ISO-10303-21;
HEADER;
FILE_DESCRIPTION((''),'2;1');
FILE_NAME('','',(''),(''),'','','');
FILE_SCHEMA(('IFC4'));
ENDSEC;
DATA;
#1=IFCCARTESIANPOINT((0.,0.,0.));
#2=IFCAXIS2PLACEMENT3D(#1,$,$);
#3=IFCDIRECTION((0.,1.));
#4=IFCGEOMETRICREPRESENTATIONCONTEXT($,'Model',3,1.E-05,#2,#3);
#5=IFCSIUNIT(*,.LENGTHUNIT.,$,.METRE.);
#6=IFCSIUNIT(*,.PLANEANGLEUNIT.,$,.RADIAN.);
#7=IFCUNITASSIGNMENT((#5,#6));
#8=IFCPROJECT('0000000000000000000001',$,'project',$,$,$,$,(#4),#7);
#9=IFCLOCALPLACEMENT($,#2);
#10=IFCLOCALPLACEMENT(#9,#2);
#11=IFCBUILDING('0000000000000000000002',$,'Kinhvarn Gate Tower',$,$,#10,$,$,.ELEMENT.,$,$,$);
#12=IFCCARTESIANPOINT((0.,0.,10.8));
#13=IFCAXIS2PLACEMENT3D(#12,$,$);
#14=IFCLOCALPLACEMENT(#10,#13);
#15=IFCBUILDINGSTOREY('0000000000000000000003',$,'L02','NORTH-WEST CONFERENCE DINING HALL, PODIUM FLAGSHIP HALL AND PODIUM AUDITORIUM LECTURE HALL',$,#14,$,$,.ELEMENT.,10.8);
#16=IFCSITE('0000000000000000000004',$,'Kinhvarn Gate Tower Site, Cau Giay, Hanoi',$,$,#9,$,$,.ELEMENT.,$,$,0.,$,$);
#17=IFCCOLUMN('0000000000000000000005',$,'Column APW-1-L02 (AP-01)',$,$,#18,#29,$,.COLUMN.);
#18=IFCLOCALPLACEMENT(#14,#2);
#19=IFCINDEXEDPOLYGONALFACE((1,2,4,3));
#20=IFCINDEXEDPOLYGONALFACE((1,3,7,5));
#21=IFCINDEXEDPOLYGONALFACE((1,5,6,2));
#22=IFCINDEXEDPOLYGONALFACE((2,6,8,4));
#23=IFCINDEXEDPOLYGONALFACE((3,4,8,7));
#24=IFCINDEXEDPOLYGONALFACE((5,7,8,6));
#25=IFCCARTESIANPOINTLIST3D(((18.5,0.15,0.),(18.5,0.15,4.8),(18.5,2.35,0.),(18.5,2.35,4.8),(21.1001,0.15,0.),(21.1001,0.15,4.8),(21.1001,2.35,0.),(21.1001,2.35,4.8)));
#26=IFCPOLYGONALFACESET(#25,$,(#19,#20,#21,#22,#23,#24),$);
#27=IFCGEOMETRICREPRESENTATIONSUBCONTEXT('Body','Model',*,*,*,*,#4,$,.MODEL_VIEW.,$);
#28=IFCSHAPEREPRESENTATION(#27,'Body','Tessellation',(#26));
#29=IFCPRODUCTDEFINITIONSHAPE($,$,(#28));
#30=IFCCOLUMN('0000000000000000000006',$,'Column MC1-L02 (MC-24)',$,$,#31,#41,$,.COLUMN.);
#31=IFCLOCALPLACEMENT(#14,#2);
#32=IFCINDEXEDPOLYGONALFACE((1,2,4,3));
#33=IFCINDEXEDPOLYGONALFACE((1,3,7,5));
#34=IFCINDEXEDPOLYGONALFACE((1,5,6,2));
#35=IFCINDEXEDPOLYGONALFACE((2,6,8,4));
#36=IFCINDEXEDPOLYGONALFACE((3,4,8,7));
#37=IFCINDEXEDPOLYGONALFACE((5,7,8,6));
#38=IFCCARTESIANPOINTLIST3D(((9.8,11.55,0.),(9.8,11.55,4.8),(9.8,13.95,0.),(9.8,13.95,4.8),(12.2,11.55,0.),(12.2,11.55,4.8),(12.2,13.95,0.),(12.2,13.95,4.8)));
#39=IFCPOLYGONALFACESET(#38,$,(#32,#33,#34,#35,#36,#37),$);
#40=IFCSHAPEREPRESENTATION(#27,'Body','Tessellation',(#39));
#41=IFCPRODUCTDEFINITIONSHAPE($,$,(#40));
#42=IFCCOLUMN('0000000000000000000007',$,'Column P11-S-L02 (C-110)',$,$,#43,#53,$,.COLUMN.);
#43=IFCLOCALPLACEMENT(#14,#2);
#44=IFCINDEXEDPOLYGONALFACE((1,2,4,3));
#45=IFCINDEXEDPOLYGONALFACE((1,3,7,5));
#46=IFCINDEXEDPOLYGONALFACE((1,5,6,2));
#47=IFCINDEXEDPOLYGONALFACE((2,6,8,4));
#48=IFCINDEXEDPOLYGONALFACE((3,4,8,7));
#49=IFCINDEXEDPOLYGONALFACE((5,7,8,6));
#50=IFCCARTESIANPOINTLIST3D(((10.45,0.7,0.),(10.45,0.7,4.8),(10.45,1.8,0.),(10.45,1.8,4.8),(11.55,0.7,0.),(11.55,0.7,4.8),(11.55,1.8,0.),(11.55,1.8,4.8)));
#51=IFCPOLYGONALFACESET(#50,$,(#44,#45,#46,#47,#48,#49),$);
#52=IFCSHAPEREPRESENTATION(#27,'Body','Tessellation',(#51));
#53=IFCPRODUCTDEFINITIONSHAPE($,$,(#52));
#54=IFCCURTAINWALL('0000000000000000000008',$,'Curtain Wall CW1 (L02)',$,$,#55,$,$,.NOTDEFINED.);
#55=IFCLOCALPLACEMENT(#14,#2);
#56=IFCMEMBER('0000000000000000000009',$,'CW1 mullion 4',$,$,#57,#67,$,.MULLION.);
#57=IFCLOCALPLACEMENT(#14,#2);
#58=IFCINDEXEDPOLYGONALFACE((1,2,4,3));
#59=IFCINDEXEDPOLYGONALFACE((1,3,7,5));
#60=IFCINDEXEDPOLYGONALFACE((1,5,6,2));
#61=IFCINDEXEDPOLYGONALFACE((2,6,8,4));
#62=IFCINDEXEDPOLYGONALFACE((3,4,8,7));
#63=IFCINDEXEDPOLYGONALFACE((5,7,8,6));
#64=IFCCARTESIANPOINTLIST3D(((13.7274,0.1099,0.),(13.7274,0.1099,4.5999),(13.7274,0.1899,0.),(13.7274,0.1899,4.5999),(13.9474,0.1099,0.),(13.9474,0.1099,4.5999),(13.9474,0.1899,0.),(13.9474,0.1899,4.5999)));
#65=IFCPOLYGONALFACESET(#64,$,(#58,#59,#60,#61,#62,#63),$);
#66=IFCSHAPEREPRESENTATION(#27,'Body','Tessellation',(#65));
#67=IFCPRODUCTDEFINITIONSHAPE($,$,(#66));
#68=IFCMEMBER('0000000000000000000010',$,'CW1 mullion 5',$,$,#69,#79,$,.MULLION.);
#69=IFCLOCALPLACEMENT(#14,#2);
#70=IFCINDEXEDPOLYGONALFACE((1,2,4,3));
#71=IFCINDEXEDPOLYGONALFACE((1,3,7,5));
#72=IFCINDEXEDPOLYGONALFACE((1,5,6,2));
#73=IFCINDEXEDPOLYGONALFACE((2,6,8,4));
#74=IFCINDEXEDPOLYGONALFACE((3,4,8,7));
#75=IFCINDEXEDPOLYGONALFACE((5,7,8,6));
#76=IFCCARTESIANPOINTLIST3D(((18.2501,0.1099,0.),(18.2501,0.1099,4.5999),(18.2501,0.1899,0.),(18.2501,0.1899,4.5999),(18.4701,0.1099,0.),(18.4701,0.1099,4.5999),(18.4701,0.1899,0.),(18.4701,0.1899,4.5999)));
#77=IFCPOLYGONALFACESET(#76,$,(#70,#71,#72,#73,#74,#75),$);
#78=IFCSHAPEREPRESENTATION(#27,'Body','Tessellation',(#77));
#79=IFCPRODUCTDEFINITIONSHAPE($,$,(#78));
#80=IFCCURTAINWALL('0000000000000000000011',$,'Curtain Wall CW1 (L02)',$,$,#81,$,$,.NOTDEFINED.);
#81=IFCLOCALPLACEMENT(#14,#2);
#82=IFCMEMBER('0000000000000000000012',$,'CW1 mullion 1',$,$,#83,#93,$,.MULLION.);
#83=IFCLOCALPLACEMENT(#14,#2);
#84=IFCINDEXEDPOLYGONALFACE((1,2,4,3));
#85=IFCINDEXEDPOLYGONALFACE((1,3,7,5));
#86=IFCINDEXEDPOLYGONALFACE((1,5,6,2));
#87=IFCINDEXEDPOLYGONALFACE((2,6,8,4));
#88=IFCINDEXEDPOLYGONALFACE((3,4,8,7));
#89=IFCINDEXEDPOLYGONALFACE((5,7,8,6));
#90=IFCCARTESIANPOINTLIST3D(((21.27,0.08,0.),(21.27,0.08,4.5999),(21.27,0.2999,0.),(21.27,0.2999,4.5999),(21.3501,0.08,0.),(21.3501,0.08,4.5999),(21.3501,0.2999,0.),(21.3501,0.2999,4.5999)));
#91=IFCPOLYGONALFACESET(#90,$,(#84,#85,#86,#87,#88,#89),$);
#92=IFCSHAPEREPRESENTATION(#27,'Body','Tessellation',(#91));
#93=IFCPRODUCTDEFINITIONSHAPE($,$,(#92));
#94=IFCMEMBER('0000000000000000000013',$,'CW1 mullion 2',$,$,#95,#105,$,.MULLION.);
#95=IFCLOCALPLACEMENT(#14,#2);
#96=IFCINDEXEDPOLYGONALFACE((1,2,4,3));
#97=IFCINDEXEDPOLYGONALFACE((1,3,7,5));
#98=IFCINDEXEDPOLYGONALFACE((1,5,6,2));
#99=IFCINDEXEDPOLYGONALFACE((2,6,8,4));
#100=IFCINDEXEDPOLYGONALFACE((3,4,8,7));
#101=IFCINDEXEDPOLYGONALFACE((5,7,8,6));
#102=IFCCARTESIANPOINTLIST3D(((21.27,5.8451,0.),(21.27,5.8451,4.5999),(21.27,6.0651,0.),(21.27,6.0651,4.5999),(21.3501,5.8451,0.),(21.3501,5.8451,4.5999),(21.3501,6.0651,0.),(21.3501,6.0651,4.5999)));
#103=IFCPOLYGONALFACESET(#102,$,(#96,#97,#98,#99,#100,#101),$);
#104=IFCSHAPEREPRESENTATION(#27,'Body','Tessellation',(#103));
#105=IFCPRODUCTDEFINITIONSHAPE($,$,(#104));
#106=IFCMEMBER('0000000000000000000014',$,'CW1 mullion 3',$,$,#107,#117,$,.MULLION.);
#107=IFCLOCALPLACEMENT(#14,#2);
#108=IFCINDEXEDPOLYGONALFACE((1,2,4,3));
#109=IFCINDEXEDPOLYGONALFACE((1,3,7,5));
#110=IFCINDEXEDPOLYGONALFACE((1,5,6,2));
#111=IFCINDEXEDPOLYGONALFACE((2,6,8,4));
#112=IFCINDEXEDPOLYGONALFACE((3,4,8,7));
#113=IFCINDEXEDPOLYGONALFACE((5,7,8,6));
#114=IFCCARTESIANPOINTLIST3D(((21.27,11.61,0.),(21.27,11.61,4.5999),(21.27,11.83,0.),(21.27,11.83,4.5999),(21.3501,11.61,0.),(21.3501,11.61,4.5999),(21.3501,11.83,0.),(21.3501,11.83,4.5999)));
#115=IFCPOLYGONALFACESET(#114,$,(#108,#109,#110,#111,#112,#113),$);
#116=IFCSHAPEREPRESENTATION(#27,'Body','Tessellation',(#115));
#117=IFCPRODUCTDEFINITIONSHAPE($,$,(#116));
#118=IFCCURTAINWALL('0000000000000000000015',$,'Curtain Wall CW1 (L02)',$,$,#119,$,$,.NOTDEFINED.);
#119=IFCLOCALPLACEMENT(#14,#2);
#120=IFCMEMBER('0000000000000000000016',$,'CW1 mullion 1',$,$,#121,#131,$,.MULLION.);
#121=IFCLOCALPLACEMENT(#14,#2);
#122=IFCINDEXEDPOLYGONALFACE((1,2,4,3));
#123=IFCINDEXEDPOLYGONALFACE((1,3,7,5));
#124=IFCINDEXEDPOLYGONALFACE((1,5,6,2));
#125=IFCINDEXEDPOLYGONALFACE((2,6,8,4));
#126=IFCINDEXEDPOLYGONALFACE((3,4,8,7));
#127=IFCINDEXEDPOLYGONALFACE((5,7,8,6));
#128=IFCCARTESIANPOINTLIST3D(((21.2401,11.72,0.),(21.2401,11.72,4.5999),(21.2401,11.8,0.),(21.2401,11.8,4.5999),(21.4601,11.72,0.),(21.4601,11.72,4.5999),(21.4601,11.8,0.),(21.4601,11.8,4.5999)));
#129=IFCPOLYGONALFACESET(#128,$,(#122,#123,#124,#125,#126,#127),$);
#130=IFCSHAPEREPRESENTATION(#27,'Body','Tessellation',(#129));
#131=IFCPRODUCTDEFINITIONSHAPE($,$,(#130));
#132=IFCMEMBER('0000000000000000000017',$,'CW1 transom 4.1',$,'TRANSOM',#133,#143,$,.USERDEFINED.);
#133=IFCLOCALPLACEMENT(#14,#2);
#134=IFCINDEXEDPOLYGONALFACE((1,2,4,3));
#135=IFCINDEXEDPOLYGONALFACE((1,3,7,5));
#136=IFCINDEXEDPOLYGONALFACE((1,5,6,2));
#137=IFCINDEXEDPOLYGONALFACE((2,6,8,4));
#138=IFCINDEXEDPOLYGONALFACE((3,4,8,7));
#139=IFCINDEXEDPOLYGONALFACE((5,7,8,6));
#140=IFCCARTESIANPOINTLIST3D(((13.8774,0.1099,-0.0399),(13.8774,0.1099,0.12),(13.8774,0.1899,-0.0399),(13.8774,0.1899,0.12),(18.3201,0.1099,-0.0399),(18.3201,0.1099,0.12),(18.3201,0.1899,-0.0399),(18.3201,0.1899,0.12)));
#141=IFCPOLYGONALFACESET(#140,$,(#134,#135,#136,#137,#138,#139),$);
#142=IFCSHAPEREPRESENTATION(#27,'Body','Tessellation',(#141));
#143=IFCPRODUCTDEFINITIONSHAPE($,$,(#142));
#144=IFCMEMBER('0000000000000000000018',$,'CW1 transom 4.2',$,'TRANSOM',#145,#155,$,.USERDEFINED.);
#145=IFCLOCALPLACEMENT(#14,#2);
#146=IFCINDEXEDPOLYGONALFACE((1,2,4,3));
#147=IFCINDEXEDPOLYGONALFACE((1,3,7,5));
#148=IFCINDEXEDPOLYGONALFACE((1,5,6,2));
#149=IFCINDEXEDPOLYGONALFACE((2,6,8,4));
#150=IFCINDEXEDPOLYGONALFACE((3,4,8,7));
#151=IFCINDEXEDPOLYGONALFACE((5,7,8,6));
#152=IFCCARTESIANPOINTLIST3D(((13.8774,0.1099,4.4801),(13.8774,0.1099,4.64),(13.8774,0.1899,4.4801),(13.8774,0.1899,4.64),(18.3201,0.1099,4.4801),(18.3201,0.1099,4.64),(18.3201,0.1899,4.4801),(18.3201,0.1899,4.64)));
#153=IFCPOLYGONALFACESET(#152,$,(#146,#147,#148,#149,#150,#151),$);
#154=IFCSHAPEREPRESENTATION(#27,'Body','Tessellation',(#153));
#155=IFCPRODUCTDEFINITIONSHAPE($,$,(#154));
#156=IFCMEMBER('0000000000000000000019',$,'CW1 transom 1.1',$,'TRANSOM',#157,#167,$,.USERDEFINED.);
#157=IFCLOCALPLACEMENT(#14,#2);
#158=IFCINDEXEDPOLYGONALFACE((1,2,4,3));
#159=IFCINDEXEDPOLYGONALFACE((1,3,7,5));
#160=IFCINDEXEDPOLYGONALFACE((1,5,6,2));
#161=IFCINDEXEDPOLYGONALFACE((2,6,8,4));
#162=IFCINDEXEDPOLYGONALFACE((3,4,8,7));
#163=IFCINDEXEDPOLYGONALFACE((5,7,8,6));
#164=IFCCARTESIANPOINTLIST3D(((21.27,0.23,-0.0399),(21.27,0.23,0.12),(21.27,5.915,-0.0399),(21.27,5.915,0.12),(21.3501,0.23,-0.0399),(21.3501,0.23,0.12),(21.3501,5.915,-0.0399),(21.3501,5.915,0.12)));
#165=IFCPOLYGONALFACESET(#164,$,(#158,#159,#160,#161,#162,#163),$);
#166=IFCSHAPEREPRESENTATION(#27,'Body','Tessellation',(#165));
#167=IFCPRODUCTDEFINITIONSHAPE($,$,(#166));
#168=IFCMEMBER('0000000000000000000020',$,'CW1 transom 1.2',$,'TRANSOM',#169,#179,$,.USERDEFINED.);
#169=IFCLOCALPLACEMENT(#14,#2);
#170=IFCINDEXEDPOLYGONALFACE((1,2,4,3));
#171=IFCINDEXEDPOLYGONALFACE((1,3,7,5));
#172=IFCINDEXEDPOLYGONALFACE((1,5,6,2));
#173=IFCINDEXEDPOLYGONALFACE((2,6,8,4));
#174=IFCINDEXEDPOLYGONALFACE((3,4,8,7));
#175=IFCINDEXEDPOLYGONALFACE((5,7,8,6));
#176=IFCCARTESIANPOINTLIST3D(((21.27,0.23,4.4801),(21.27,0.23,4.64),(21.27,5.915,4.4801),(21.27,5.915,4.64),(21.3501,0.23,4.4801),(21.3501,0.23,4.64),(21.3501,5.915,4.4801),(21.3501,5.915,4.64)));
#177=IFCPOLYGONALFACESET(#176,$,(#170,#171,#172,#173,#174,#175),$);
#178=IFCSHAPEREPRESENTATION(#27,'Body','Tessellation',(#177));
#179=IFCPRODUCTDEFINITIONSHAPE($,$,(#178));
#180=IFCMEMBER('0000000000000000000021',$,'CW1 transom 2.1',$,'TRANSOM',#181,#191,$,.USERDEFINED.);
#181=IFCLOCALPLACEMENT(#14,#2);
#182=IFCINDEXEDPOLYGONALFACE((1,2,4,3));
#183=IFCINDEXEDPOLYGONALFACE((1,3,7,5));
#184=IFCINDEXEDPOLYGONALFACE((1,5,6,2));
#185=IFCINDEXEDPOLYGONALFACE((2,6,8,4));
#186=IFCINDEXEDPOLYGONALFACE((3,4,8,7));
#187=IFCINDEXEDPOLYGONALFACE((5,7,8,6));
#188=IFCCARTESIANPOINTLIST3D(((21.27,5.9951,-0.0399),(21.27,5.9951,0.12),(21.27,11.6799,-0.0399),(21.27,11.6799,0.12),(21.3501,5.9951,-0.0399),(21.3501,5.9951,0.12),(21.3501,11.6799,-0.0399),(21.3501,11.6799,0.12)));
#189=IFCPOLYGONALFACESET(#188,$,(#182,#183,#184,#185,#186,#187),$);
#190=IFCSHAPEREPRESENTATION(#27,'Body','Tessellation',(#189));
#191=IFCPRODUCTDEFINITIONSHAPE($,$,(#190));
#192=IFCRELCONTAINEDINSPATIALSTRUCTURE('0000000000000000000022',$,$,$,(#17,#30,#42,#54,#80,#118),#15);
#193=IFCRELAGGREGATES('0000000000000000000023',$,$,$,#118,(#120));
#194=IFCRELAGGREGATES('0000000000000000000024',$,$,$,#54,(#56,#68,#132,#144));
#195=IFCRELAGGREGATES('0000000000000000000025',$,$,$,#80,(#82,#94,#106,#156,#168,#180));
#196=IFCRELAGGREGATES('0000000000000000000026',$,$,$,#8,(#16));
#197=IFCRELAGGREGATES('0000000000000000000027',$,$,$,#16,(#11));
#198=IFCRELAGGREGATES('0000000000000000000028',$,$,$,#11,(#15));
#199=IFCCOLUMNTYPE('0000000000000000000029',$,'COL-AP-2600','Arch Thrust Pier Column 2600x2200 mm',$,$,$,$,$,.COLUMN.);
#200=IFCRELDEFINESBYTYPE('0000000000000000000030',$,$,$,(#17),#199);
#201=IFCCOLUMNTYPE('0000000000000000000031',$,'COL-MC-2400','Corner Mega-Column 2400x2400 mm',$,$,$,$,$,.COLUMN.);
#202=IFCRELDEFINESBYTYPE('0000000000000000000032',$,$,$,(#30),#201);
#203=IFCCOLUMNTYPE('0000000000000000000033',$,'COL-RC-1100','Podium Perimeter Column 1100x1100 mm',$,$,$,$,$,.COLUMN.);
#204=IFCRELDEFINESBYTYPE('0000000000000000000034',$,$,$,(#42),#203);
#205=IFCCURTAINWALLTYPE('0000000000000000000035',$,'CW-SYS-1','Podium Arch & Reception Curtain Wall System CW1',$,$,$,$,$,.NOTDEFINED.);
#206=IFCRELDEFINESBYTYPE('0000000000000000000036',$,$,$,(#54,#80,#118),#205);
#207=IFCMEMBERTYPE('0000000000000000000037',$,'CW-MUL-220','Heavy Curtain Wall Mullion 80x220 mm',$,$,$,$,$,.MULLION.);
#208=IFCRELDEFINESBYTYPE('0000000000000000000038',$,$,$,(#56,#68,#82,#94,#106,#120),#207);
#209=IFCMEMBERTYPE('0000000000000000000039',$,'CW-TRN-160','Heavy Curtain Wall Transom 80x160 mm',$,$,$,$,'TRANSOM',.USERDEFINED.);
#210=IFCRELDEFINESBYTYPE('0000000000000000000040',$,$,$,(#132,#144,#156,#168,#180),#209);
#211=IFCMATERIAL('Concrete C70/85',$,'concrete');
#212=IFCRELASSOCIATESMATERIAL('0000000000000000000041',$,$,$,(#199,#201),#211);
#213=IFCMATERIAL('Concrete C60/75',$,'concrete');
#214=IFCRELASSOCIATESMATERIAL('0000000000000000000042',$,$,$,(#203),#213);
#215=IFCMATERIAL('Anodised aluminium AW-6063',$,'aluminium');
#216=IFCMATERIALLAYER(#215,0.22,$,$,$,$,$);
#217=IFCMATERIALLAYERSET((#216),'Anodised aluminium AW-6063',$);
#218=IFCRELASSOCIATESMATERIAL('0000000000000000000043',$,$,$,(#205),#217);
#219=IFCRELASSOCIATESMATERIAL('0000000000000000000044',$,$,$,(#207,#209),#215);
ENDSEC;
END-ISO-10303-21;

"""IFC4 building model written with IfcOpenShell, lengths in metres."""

from ifc_helpers import new_model, si_unit, direction, frame, origin, origin_2d, place, context, subcontext, project, spatial, rectangle, extrude, material, layer, layer_set, material_profile, profile_set, type_object, element, aggregate, save


model = new_model("IFC4")

# Units and contexts
model_context = context("Model", 3, precision=1e-05, world=origin(), true_north=direction((0.0, 1.0)))
body_context = subcontext(model_context, "Body", "Model", "MODEL_VIEW")
ifc_project = project(units=[si_unit("LENGTHUNIT", "METRE"), si_unit("PLANEANGLEUNIT", "RADIAN")], contexts=[model_context])

# Site, building, storey
site_placement = place(None, origin())
site = spatial("IfcSite", under=ifc_project, at=site_placement, Name="Kinhvarn Gate Tower Site, Cau Giay, Hanoi", CompositionType="ELEMENT", RefElevation=0.0)
building_placement = place(site_placement, origin())
building = spatial("IfcBuilding", under=site, at=building_placement, Name="Kinhvarn Gate Tower", CompositionType="ELEMENT")
storey_placement = place(building_placement, frame((0.0, 0.0, 10.8)))
storey = spatial("IfcBuildingStorey", under=building, at=storey_placement, Name="L02", Description="NORTH-WEST CONFERENCE DINING HALL, PODIUM FLAGSHIP HALL AND PODIUM AUDITORIUM LECTURE HALL", CompositionType="ELEMENT", Elevation=10.8)

# Columns
ifc_material_1 = material(Name="Concrete C70/85", Category="concrete")
ifc_material_profile_1 = material_profile(ifc_material_1, rectangle(XDim=2.6001, YDim=2.2, at=origin_2d()), Name="RC 2600x2200")
ifc_profile_set_1 = profile_set([ifc_material_profile_1], Name="Concrete C70/85")
column_type_1 = type_object("IfcColumnType", Name="COL-AP-2600", Description="Arch Thrust Pier Column 2600x2200 mm", PredefinedType="COLUMN", material=ifc_profile_set_1)
column_1_placement = place(storey_placement, frame((19.8, 1.25, 0.0), z_axis=(0.0, 0.0, 1.0), x_axis=(1.0, 0.0, 0.0)))
element("IfcColumn", 1, at=column_1_placement, inside=storey, type_object=column_type_1, Name="Column APW-1-L02 (AP-01)", PredefinedType="COLUMN", context=body_context, shape_type="SweptSolid", body=[
    extrude(rectangle(XDim=2.6001, YDim=2.2, at=origin_2d()), origin(), (0.0, 0.0, 1.0), 4.8),
])
ifc_material_profile_2 = material_profile(ifc_material_1, rectangle(XDim=2.3999, YDim=2.3999, at=origin_2d()), Name="RC 2400x2400")
ifc_profile_set_2 = profile_set([ifc_material_profile_2], Name="Concrete C70/85")
column_type_2 = type_object("IfcColumnType", Name="COL-MC-2400", Description="Corner Mega-Column 2400x2400 mm", PredefinedType="COLUMN", material=ifc_profile_set_2)
column_2_placement = place(storey_placement, frame((11.0, 12.75, 0.0), z_axis=(0.0, 0.0, 1.0), x_axis=(1.0, 0.0, 0.0)))
element("IfcColumn", 2, at=column_2_placement, inside=storey, type_object=column_type_2, Name="Column MC1-L02 (MC-24)", PredefinedType="COLUMN", context=body_context, shape_type="SweptSolid", body=[
    extrude(rectangle(XDim=2.3999, YDim=2.3999, at=origin_2d()), origin(), (0.0, 0.0, 1.0), 4.8),
])
ifc_material_2 = material(Name="Concrete C60/75", Category="concrete")
ifc_material_profile_3 = material_profile(ifc_material_2, rectangle(XDim=1.1001, YDim=1.1001, at=origin_2d()), Name="RC 1100x1100")
ifc_profile_set_3 = profile_set([ifc_material_profile_3], Name="Concrete C60/75")
column_type_3 = type_object("IfcColumnType", Name="COL-RC-1100", Description="Podium Perimeter Column 1100x1100 mm", PredefinedType="COLUMN", material=ifc_profile_set_3)
column_3_placement = place(storey_placement, frame((11.0, 1.25, 0.0), z_axis=(0.0, 0.0, 1.0), x_axis=(1.0, 0.0, 0.0)))
element("IfcColumn", 3, at=column_3_placement, inside=storey, type_object=column_type_3, Name="Column P11-S-L02 (C-110)", PredefinedType="COLUMN", context=body_context, shape_type="SweptSolid", body=[
    extrude(rectangle(XDim=1.1001, YDim=1.1001, at=origin_2d()), origin(), (0.0, 0.0, 1.0), 4.8),
])

# Curtain walls, members
ifc_material_3 = material(Name="Anodised aluminium AW-6063", Category="aluminium")
ifc_layer_1 = layer(ifc_material_3, 0.22)
ifc_layer_set_1 = layer_set([ifc_layer_1], Name="Anodised aluminium AW-6063")
curtain_wall_type = type_object("IfcCurtainWallType", Name="CW-SYS-1", Description="Podium Arch & Reception Curtain Wall System CW1", PredefinedType="NOTDEFINED", material=ifc_layer_set_1)
curtain_wall_1_placement = place(storey_placement, origin())
curtain_wall_1 = element("IfcCurtainWall", 4, at=curtain_wall_1_placement, inside=storey, type_object=curtain_wall_type, Name="Curtain Wall CW1 (L02)", PredefinedType="NOTDEFINED")
ifc_material_profile_4 = material_profile(ifc_material_3, rectangle(XDim=0.0801, YDim=0.22, at=origin_2d()), Name="ALU 80x220")
ifc_profile_set_4 = profile_set([ifc_material_profile_4], Name="Anodised aluminium AW-6063")
member_type_1 = type_object("IfcMemberType", Name="CW-MUL-220", Description="Heavy Curtain Wall Mullion 80x220 mm", PredefinedType="MULLION", material=ifc_profile_set_4)
member_1_placement = place(storey_placement, frame((13.8374, 0.1499, 0.0), z_axis=(0.0, 0.0, 1.0), x_axis=(0.0, 1.0, 0.0)))
member_1 = element("IfcMember", 5, at=member_1_placement, type_object=member_type_1, Name="CW1 mullion 4", PredefinedType="MULLION", context=body_context, shape_type="SweptSolid", body=[
    extrude(rectangle(XDim=0.0801, YDim=0.22, at=origin_2d()), origin(), (0.0, 0.0, 1.0), 4.5999),
])
member_2_placement = place(storey_placement, frame((18.3601, 0.1499, 0.0), z_axis=(0.0, 0.0, 1.0), x_axis=(0.0, 1.0, 0.0)))
member_2 = element("IfcMember", 6, at=member_2_placement, type_object=member_type_1, Name="CW1 mullion 5", PredefinedType="MULLION", context=body_context, shape_type="SweptSolid", body=[
    extrude(rectangle(XDim=0.0801, YDim=0.22, at=origin_2d()), origin(), (0.0, 0.0, 1.0), 4.5999),
])
curtain_wall_2_placement = place(storey_placement, origin())
curtain_wall_2 = element("IfcCurtainWall", 7, at=curtain_wall_2_placement, inside=storey, type_object=curtain_wall_type, Name="Curtain Wall CW1 (L02)", PredefinedType="NOTDEFINED")
member_3_placement = place(storey_placement, frame((21.3101, 0.1899, 0.0), z_axis=(0.0, 0.0, 1.0), x_axis=(-1.0, 0.0, 0.0)))
member_3 = element("IfcMember", 8, at=member_3_placement, type_object=member_type_1, Name="CW1 mullion 1", PredefinedType="MULLION", context=body_context, shape_type="SweptSolid", body=[
    extrude(rectangle(XDim=0.0801, YDim=0.22, at=origin_2d()), origin(), (0.0, 0.0, 1.0), 4.5999),
])
member_4_placement = place(storey_placement, frame((21.3101, 5.9551, 0.0), z_axis=(0.0, 0.0, 1.0), x_axis=(-1.0, 0.0, 0.0)))
member_4 = element("IfcMember", 9, at=member_4_placement, type_object=member_type_1, Name="CW1 mullion 2", PredefinedType="MULLION", context=body_context, shape_type="SweptSolid", body=[
    extrude(rectangle(XDim=0.0801, YDim=0.22, at=origin_2d()), origin(), (0.0, 0.0, 1.0), 4.5999),
])
member_5_placement = place(storey_placement, frame((21.3101, 11.72, 0.0), z_axis=(0.0, 0.0, 1.0), x_axis=(-1.0, 0.0, 0.0)))
member_5 = element("IfcMember", 10, at=member_5_placement, type_object=member_type_1, Name="CW1 mullion 3", PredefinedType="MULLION", context=body_context, shape_type="SweptSolid", body=[
    extrude(rectangle(XDim=0.0801, YDim=0.22, at=origin_2d()), origin(), (0.0, 0.0, 1.0), 4.5999),
])

# Curtain wall, member
curtain_wall_3_placement = place(storey_placement, origin())
curtain_wall_3 = element("IfcCurtainWall", 11, at=curtain_wall_3_placement, inside=storey, type_object=curtain_wall_type, Name="Curtain Wall CW1 (L02)", PredefinedType="NOTDEFINED")
member_6_placement = place(storey_placement, frame((21.3501, 11.76, 0.0), z_axis=(0.0, 0.0, 1.0), x_axis=(0.0, 1.0, 0.0)))
member_6 = element("IfcMember", 12, at=member_6_placement, type_object=member_type_1, Name="CW1 mullion 1", PredefinedType="MULLION", context=body_context, shape_type="SweptSolid", body=[
    extrude(rectangle(XDim=0.0801, YDim=0.22, at=origin_2d()), origin(), (0.0, 0.0, 1.0), 4.5999),
])

# Members
ifc_material_profile_5 = material_profile(ifc_material_3, rectangle(XDim=0.0801, YDim=0.1599, at=origin_2d()), Name="ALU 80x160")
ifc_profile_set_5 = profile_set([ifc_material_profile_5], Name="Anodised aluminium AW-6063")
member_type_2 = type_object("IfcMemberType", Name="CW-TRN-160", Description="Heavy Curtain Wall Transom 80x160 mm", ElementType="TRANSOM", PredefinedType="USERDEFINED", material=ifc_profile_set_5)
member_7_placement = place(storey_placement, frame((13.8774, 0.1499, 0.04), z_axis=(1.0, 0.0, 0.0), x_axis=(0.0, 1.0, 0.0)))
member_7 = element("IfcMember", 13, at=member_7_placement, type_object=member_type_2, Name="CW1 transom 4.1", ObjectType="TRANSOM", PredefinedType="USERDEFINED", context=body_context, shape_type="SweptSolid", body=[
    extrude(rectangle(XDim=0.0801, YDim=0.1599, at=origin_2d()), origin(), (0.0, 0.0, 1.0), 4.4426),
])
member_8_placement = place(storey_placement, frame((13.8774, 0.1499, 4.5601), z_axis=(1.0, 0.0, 0.0), x_axis=(0.0, 1.0, 0.0)))
member_8 = element("IfcMember", 14, at=member_8_placement, type_object=member_type_2, Name="CW1 transom 4.2", ObjectType="TRANSOM", PredefinedType="USERDEFINED", context=body_context, shape_type="SweptSolid", body=[
    extrude(rectangle(XDim=0.0801, YDim=0.1599, at=origin_2d()), origin(), (0.0, 0.0, 1.0), 4.4426),
])
member_9_placement = place(storey_placement, frame((21.3101, 0.23, 0.04), z_axis=(0.0, 1.0, 0.0), x_axis=(-1.0, 0.0, 0.0)))
member_9 = element("IfcMember", 15, at=member_9_placement, type_object=member_type_2, Name="CW1 transom 1.1", ObjectType="TRANSOM", PredefinedType="USERDEFINED", context=body_context, shape_type="SweptSolid", body=[
    extrude(rectangle(XDim=0.0801, YDim=0.1599, at=origin_2d()), origin(), (0.0, 0.0, 1.0), 5.6851),
])
member_10_placement = place(storey_placement, frame((21.3101, 0.23, 4.5601), z_axis=(0.0, 1.0, 0.0), x_axis=(-1.0, 0.0, 0.0)))
member_10 = element("IfcMember", 16, at=member_10_placement, type_object=member_type_2, Name="CW1 transom 1.2", ObjectType="TRANSOM", PredefinedType="USERDEFINED", context=body_context, shape_type="SweptSolid", body=[
    extrude(rectangle(XDim=0.0801, YDim=0.1599, at=origin_2d()), origin(), (0.0, 0.0, 1.0), 5.6851),
])
member_11_placement = place(storey_placement, frame((21.3101, 5.9951, 0.04), z_axis=(0.0, 1.0, 0.0), x_axis=(-1.0, 0.0, 0.0)))
member_11 = element("IfcMember", 17, at=member_11_placement, type_object=member_type_2, Name="CW1 transom 2.1", ObjectType="TRANSOM", PredefinedType="USERDEFINED", context=body_context, shape_type="SweptSolid", body=[
    extrude(rectangle(XDim=0.0801, YDim=0.1599, at=origin_2d()), origin(), (0.0, 0.0, 1.0), 5.6848),
])
aggregate(curtain_wall_3, [member_6])

aggregate(curtain_wall_1, [member_1, member_2, member_7, member_8])
aggregate(curtain_wall_2, [member_3, member_4, member_5, member_9, member_10, member_11])

save(model, "model.ifc")
